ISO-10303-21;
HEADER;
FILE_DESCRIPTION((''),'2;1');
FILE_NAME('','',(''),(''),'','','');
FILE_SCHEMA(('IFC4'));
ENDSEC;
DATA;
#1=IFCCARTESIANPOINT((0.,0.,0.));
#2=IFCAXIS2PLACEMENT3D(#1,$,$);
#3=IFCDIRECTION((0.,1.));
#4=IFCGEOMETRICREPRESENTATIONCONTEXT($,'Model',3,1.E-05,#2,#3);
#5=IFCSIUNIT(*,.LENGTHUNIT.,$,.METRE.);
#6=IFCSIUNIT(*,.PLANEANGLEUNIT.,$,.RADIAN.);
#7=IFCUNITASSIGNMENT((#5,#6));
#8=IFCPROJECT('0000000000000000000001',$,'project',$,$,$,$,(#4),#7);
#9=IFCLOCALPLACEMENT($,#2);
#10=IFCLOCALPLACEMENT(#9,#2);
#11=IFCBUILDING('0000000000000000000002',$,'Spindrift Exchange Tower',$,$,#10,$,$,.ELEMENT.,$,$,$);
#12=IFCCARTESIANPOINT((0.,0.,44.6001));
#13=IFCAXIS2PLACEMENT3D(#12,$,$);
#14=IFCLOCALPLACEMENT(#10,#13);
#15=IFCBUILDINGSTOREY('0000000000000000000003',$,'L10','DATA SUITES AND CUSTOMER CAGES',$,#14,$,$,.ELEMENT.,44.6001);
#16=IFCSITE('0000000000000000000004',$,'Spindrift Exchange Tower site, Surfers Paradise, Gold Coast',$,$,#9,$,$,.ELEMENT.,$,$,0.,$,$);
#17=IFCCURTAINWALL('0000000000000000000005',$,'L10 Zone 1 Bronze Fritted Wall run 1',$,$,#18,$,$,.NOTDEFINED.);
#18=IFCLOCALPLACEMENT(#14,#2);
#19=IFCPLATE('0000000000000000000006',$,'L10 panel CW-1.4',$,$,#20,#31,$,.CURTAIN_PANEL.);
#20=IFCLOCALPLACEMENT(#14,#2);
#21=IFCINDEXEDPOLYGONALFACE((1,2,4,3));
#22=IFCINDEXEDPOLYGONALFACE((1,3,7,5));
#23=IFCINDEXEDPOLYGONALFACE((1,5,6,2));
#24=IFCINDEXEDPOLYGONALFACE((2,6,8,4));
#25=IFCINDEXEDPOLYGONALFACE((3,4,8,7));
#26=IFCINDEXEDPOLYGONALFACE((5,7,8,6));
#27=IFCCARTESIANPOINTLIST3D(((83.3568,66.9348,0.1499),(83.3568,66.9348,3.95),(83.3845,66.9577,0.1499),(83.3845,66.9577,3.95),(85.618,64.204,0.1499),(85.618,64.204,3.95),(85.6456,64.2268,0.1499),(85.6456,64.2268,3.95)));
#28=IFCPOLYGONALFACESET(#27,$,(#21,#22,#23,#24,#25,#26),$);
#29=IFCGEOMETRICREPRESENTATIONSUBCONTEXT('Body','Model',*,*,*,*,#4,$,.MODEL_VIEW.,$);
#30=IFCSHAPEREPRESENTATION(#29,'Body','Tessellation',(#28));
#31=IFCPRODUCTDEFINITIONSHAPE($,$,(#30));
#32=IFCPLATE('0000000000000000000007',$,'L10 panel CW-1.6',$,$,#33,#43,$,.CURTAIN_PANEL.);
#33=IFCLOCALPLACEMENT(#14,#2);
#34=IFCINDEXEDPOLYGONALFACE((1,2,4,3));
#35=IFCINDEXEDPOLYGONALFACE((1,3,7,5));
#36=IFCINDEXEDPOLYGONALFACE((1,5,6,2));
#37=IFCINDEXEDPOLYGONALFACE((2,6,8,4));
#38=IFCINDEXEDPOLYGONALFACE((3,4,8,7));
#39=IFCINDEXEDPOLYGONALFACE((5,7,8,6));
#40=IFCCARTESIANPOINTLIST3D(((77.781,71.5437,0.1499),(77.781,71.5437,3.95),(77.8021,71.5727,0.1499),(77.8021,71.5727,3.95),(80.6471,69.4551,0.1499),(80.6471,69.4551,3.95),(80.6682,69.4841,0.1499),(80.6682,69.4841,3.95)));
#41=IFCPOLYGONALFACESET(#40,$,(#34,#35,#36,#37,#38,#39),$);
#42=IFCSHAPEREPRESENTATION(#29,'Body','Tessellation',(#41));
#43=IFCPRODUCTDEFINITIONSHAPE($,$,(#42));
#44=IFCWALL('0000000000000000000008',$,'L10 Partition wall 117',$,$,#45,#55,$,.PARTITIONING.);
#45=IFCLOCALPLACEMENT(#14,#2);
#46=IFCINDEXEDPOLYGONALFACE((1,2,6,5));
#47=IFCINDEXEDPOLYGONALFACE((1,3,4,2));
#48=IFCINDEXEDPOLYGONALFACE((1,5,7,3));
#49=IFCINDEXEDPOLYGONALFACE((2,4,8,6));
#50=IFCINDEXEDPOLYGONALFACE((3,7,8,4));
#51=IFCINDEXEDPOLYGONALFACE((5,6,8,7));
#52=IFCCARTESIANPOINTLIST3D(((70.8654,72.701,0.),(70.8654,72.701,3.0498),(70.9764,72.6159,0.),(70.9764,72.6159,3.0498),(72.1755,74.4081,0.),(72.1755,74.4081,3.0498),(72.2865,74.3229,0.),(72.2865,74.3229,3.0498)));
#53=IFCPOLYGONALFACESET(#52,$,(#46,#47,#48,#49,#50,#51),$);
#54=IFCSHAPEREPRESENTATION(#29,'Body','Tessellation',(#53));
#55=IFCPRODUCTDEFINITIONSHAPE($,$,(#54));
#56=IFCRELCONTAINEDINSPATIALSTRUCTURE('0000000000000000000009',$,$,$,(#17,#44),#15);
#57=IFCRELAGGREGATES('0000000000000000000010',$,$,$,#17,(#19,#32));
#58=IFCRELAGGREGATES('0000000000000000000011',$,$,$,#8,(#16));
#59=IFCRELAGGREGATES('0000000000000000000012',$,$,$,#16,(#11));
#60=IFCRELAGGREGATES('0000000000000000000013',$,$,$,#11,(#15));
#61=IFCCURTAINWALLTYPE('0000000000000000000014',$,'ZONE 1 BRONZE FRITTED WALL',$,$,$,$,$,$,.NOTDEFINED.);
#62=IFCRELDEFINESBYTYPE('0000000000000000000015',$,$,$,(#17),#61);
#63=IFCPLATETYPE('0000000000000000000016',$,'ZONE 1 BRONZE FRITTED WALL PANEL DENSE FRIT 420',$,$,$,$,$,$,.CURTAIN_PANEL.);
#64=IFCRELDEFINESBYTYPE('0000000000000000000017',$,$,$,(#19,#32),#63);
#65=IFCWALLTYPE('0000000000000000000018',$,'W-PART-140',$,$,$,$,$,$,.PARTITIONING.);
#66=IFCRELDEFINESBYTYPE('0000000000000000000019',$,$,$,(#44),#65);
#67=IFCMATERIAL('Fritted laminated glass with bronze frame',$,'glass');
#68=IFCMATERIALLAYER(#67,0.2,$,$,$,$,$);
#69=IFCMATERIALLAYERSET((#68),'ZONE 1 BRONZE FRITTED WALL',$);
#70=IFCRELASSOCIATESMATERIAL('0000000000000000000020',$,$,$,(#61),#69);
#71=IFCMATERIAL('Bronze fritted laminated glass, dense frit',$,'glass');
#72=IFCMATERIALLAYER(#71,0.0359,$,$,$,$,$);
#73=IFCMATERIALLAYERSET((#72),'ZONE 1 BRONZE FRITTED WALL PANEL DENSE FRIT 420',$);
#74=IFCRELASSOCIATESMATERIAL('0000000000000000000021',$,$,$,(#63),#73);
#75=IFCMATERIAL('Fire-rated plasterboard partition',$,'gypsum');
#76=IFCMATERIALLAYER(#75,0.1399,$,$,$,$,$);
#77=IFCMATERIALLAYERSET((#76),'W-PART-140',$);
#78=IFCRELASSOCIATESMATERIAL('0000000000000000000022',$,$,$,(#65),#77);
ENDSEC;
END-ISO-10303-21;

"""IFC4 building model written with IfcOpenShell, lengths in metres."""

from ifc_helpers import new_model, si_unit, direction, frame, frame_2d, origin, origin_2d, place, context, subcontext, project, spatial, rectangle, extrude, source, transform, mapped, material, layer, layer_set, type_object, element, aggregate, save


model = new_model("IFC4")

# Units and contexts
model_context = context("Model", 3, precision=1e-05, world=origin(), true_north=direction((0.0, 1.0)))
body_context = subcontext(model_context, "Body", "Model", "MODEL_VIEW")
ifc_project = project(units=[si_unit("LENGTHUNIT", "METRE"), si_unit("PLANEANGLEUNIT", "RADIAN")], contexts=[model_context])

# Site, building, storey
site_placement = place(None, origin())
site = spatial("IfcSite", under=ifc_project, at=site_placement, Name="Spindrift Exchange Tower site, Surfers Paradise, Gold Coast", CompositionType="ELEMENT", RefElevation=0.0)
building_placement = place(site_placement, origin())
building = spatial("IfcBuilding", under=site, at=building_placement, Name="Spindrift Exchange Tower", CompositionType="ELEMENT")
storey_placement = place(building_placement, frame((0.0, 0.0, 44.6001)))
storey = spatial("IfcBuildingStorey", under=building, at=storey_placement, Name="L10", Description="DATA SUITES AND CUSTOMER CAGES", CompositionType="ELEMENT", Elevation=44.6001)

# Curtain wall
ifc_material_1 = material(Name="Fritted laminated glass with bronze frame", Category="glass")
ifc_layer_1 = layer(ifc_material_1, 0.2)
ifc_layer_set_1 = layer_set([ifc_layer_1], Name="ZONE 1 BRONZE FRITTED WALL")
curtain_wall_type = type_object("IfcCurtainWallType", Name="ZONE 1 BRONZE FRITTED WALL", PredefinedType="NOTDEFINED", material=ifc_layer_set_1)
curtain_wall_1_placement = place(storey_placement, origin())
curtain_wall_1 = element("IfcCurtainWall", 1, at=curtain_wall_1_placement, inside=storey, type_object=curtain_wall_type, Name="L10 Zone 1 Bronze Fritted Wall run 1", PredefinedType="NOTDEFINED")

# Plates
ifc_material_2 = material(Name="Bronze fritted laminated glass, dense frit", Category="glass")
ifc_layer_2 = layer(ifc_material_2, 0.0359)
ifc_layer_set_2 = layer_set([ifc_layer_2], Name="ZONE 1 BRONZE FRITTED WALL PANEL DENSE FRIT 420")
plate_type_1 = type_object("IfcPlateType", Name="ZONE 1 BRONZE FRITTED WALL PANEL DENSE FRIT 420", PredefinedType="CURTAIN_PANEL", material=ifc_layer_set_2)
shared_shape_1 = source(origin(), body_context, "Body", "SweptSolid", [
    extrude(rectangle(XDim=3.5454, YDim=0.0359, at=origin_2d()), origin(), (0.0, 0.0, 1.0), 3.8),
])
plate_1_placement = place(storey_placement, frame((84.5012, 65.5808, 0.1499), z_axis=(0.0, 0.0, 1.0), x_axis=(-0.637756, 0.770238, 0.0)))
plate_1 = element("IfcPlate", 2, at=plate_1_placement, type_object=plate_type_1, Name="L10 panel CW-1.4", PredefinedType="CURTAIN_PANEL", context=body_context, shape_type="MappedRepresentation", body=[
    mapped(shared_shape_1, transform((0.0, 0.0, 0.0), scale=1.0)),
])
shared_shape_2 = source(origin(), body_context, "Body", "SweptSolid", [
    extrude(rectangle(XDim=3.5464, YDim=0.0359, at=origin_2d()), origin(), (0.0, 0.0, 1.0), 3.8),
])
plate_2_placement = place(storey_placement, frame((79.2246, 70.5139, 0.1499), z_axis=(0.0, 0.0, 1.0), x_axis=(-0.808187, 0.588926, 0.0)))
plate_2 = element("IfcPlate", 3, at=plate_2_placement, type_object=plate_type_1, Name="L10 panel CW-1.6", PredefinedType="CURTAIN_PANEL", context=body_context, shape_type="MappedRepresentation", body=[
    mapped(shared_shape_2, transform((0.0, 0.0, 0.0), scale=1.0)),
])
aggregate(curtain_wall_1, [plate_1, plate_2])

# Wall
ifc_material_3 = material(Name="Fire-rated plasterboard partition", Category="gypsum")
ifc_layer_3 = layer(ifc_material_3, 0.1399)
ifc_layer_set_3 = layer_set([ifc_layer_3], Name="W-PART-140")
wall_type = type_object("IfcWallType", Name="W-PART-140", PredefinedType="PARTITIONING", material=ifc_layer_set_3)
wall_placement = place(storey_placement, frame((70.9209, 72.6584, 0.0), z_axis=(0.0, 0.0, 1.0), x_axis=(0.608822, 0.793307, 0.0)))
element("IfcWall", 4, at=wall_placement, inside=storey, type_object=wall_type, Name="L10 Partition wall 117", PredefinedType="PARTITIONING", context=body_context, shape_type="SweptSolid", body=[
    extrude(rectangle(XDim=2.1519, YDim=0.1399, at=frame_2d((1.0759, 0.0))), origin(), (0.0, 0.0, 1.0), 3.0498),
])

save(model, "model.ifc")
